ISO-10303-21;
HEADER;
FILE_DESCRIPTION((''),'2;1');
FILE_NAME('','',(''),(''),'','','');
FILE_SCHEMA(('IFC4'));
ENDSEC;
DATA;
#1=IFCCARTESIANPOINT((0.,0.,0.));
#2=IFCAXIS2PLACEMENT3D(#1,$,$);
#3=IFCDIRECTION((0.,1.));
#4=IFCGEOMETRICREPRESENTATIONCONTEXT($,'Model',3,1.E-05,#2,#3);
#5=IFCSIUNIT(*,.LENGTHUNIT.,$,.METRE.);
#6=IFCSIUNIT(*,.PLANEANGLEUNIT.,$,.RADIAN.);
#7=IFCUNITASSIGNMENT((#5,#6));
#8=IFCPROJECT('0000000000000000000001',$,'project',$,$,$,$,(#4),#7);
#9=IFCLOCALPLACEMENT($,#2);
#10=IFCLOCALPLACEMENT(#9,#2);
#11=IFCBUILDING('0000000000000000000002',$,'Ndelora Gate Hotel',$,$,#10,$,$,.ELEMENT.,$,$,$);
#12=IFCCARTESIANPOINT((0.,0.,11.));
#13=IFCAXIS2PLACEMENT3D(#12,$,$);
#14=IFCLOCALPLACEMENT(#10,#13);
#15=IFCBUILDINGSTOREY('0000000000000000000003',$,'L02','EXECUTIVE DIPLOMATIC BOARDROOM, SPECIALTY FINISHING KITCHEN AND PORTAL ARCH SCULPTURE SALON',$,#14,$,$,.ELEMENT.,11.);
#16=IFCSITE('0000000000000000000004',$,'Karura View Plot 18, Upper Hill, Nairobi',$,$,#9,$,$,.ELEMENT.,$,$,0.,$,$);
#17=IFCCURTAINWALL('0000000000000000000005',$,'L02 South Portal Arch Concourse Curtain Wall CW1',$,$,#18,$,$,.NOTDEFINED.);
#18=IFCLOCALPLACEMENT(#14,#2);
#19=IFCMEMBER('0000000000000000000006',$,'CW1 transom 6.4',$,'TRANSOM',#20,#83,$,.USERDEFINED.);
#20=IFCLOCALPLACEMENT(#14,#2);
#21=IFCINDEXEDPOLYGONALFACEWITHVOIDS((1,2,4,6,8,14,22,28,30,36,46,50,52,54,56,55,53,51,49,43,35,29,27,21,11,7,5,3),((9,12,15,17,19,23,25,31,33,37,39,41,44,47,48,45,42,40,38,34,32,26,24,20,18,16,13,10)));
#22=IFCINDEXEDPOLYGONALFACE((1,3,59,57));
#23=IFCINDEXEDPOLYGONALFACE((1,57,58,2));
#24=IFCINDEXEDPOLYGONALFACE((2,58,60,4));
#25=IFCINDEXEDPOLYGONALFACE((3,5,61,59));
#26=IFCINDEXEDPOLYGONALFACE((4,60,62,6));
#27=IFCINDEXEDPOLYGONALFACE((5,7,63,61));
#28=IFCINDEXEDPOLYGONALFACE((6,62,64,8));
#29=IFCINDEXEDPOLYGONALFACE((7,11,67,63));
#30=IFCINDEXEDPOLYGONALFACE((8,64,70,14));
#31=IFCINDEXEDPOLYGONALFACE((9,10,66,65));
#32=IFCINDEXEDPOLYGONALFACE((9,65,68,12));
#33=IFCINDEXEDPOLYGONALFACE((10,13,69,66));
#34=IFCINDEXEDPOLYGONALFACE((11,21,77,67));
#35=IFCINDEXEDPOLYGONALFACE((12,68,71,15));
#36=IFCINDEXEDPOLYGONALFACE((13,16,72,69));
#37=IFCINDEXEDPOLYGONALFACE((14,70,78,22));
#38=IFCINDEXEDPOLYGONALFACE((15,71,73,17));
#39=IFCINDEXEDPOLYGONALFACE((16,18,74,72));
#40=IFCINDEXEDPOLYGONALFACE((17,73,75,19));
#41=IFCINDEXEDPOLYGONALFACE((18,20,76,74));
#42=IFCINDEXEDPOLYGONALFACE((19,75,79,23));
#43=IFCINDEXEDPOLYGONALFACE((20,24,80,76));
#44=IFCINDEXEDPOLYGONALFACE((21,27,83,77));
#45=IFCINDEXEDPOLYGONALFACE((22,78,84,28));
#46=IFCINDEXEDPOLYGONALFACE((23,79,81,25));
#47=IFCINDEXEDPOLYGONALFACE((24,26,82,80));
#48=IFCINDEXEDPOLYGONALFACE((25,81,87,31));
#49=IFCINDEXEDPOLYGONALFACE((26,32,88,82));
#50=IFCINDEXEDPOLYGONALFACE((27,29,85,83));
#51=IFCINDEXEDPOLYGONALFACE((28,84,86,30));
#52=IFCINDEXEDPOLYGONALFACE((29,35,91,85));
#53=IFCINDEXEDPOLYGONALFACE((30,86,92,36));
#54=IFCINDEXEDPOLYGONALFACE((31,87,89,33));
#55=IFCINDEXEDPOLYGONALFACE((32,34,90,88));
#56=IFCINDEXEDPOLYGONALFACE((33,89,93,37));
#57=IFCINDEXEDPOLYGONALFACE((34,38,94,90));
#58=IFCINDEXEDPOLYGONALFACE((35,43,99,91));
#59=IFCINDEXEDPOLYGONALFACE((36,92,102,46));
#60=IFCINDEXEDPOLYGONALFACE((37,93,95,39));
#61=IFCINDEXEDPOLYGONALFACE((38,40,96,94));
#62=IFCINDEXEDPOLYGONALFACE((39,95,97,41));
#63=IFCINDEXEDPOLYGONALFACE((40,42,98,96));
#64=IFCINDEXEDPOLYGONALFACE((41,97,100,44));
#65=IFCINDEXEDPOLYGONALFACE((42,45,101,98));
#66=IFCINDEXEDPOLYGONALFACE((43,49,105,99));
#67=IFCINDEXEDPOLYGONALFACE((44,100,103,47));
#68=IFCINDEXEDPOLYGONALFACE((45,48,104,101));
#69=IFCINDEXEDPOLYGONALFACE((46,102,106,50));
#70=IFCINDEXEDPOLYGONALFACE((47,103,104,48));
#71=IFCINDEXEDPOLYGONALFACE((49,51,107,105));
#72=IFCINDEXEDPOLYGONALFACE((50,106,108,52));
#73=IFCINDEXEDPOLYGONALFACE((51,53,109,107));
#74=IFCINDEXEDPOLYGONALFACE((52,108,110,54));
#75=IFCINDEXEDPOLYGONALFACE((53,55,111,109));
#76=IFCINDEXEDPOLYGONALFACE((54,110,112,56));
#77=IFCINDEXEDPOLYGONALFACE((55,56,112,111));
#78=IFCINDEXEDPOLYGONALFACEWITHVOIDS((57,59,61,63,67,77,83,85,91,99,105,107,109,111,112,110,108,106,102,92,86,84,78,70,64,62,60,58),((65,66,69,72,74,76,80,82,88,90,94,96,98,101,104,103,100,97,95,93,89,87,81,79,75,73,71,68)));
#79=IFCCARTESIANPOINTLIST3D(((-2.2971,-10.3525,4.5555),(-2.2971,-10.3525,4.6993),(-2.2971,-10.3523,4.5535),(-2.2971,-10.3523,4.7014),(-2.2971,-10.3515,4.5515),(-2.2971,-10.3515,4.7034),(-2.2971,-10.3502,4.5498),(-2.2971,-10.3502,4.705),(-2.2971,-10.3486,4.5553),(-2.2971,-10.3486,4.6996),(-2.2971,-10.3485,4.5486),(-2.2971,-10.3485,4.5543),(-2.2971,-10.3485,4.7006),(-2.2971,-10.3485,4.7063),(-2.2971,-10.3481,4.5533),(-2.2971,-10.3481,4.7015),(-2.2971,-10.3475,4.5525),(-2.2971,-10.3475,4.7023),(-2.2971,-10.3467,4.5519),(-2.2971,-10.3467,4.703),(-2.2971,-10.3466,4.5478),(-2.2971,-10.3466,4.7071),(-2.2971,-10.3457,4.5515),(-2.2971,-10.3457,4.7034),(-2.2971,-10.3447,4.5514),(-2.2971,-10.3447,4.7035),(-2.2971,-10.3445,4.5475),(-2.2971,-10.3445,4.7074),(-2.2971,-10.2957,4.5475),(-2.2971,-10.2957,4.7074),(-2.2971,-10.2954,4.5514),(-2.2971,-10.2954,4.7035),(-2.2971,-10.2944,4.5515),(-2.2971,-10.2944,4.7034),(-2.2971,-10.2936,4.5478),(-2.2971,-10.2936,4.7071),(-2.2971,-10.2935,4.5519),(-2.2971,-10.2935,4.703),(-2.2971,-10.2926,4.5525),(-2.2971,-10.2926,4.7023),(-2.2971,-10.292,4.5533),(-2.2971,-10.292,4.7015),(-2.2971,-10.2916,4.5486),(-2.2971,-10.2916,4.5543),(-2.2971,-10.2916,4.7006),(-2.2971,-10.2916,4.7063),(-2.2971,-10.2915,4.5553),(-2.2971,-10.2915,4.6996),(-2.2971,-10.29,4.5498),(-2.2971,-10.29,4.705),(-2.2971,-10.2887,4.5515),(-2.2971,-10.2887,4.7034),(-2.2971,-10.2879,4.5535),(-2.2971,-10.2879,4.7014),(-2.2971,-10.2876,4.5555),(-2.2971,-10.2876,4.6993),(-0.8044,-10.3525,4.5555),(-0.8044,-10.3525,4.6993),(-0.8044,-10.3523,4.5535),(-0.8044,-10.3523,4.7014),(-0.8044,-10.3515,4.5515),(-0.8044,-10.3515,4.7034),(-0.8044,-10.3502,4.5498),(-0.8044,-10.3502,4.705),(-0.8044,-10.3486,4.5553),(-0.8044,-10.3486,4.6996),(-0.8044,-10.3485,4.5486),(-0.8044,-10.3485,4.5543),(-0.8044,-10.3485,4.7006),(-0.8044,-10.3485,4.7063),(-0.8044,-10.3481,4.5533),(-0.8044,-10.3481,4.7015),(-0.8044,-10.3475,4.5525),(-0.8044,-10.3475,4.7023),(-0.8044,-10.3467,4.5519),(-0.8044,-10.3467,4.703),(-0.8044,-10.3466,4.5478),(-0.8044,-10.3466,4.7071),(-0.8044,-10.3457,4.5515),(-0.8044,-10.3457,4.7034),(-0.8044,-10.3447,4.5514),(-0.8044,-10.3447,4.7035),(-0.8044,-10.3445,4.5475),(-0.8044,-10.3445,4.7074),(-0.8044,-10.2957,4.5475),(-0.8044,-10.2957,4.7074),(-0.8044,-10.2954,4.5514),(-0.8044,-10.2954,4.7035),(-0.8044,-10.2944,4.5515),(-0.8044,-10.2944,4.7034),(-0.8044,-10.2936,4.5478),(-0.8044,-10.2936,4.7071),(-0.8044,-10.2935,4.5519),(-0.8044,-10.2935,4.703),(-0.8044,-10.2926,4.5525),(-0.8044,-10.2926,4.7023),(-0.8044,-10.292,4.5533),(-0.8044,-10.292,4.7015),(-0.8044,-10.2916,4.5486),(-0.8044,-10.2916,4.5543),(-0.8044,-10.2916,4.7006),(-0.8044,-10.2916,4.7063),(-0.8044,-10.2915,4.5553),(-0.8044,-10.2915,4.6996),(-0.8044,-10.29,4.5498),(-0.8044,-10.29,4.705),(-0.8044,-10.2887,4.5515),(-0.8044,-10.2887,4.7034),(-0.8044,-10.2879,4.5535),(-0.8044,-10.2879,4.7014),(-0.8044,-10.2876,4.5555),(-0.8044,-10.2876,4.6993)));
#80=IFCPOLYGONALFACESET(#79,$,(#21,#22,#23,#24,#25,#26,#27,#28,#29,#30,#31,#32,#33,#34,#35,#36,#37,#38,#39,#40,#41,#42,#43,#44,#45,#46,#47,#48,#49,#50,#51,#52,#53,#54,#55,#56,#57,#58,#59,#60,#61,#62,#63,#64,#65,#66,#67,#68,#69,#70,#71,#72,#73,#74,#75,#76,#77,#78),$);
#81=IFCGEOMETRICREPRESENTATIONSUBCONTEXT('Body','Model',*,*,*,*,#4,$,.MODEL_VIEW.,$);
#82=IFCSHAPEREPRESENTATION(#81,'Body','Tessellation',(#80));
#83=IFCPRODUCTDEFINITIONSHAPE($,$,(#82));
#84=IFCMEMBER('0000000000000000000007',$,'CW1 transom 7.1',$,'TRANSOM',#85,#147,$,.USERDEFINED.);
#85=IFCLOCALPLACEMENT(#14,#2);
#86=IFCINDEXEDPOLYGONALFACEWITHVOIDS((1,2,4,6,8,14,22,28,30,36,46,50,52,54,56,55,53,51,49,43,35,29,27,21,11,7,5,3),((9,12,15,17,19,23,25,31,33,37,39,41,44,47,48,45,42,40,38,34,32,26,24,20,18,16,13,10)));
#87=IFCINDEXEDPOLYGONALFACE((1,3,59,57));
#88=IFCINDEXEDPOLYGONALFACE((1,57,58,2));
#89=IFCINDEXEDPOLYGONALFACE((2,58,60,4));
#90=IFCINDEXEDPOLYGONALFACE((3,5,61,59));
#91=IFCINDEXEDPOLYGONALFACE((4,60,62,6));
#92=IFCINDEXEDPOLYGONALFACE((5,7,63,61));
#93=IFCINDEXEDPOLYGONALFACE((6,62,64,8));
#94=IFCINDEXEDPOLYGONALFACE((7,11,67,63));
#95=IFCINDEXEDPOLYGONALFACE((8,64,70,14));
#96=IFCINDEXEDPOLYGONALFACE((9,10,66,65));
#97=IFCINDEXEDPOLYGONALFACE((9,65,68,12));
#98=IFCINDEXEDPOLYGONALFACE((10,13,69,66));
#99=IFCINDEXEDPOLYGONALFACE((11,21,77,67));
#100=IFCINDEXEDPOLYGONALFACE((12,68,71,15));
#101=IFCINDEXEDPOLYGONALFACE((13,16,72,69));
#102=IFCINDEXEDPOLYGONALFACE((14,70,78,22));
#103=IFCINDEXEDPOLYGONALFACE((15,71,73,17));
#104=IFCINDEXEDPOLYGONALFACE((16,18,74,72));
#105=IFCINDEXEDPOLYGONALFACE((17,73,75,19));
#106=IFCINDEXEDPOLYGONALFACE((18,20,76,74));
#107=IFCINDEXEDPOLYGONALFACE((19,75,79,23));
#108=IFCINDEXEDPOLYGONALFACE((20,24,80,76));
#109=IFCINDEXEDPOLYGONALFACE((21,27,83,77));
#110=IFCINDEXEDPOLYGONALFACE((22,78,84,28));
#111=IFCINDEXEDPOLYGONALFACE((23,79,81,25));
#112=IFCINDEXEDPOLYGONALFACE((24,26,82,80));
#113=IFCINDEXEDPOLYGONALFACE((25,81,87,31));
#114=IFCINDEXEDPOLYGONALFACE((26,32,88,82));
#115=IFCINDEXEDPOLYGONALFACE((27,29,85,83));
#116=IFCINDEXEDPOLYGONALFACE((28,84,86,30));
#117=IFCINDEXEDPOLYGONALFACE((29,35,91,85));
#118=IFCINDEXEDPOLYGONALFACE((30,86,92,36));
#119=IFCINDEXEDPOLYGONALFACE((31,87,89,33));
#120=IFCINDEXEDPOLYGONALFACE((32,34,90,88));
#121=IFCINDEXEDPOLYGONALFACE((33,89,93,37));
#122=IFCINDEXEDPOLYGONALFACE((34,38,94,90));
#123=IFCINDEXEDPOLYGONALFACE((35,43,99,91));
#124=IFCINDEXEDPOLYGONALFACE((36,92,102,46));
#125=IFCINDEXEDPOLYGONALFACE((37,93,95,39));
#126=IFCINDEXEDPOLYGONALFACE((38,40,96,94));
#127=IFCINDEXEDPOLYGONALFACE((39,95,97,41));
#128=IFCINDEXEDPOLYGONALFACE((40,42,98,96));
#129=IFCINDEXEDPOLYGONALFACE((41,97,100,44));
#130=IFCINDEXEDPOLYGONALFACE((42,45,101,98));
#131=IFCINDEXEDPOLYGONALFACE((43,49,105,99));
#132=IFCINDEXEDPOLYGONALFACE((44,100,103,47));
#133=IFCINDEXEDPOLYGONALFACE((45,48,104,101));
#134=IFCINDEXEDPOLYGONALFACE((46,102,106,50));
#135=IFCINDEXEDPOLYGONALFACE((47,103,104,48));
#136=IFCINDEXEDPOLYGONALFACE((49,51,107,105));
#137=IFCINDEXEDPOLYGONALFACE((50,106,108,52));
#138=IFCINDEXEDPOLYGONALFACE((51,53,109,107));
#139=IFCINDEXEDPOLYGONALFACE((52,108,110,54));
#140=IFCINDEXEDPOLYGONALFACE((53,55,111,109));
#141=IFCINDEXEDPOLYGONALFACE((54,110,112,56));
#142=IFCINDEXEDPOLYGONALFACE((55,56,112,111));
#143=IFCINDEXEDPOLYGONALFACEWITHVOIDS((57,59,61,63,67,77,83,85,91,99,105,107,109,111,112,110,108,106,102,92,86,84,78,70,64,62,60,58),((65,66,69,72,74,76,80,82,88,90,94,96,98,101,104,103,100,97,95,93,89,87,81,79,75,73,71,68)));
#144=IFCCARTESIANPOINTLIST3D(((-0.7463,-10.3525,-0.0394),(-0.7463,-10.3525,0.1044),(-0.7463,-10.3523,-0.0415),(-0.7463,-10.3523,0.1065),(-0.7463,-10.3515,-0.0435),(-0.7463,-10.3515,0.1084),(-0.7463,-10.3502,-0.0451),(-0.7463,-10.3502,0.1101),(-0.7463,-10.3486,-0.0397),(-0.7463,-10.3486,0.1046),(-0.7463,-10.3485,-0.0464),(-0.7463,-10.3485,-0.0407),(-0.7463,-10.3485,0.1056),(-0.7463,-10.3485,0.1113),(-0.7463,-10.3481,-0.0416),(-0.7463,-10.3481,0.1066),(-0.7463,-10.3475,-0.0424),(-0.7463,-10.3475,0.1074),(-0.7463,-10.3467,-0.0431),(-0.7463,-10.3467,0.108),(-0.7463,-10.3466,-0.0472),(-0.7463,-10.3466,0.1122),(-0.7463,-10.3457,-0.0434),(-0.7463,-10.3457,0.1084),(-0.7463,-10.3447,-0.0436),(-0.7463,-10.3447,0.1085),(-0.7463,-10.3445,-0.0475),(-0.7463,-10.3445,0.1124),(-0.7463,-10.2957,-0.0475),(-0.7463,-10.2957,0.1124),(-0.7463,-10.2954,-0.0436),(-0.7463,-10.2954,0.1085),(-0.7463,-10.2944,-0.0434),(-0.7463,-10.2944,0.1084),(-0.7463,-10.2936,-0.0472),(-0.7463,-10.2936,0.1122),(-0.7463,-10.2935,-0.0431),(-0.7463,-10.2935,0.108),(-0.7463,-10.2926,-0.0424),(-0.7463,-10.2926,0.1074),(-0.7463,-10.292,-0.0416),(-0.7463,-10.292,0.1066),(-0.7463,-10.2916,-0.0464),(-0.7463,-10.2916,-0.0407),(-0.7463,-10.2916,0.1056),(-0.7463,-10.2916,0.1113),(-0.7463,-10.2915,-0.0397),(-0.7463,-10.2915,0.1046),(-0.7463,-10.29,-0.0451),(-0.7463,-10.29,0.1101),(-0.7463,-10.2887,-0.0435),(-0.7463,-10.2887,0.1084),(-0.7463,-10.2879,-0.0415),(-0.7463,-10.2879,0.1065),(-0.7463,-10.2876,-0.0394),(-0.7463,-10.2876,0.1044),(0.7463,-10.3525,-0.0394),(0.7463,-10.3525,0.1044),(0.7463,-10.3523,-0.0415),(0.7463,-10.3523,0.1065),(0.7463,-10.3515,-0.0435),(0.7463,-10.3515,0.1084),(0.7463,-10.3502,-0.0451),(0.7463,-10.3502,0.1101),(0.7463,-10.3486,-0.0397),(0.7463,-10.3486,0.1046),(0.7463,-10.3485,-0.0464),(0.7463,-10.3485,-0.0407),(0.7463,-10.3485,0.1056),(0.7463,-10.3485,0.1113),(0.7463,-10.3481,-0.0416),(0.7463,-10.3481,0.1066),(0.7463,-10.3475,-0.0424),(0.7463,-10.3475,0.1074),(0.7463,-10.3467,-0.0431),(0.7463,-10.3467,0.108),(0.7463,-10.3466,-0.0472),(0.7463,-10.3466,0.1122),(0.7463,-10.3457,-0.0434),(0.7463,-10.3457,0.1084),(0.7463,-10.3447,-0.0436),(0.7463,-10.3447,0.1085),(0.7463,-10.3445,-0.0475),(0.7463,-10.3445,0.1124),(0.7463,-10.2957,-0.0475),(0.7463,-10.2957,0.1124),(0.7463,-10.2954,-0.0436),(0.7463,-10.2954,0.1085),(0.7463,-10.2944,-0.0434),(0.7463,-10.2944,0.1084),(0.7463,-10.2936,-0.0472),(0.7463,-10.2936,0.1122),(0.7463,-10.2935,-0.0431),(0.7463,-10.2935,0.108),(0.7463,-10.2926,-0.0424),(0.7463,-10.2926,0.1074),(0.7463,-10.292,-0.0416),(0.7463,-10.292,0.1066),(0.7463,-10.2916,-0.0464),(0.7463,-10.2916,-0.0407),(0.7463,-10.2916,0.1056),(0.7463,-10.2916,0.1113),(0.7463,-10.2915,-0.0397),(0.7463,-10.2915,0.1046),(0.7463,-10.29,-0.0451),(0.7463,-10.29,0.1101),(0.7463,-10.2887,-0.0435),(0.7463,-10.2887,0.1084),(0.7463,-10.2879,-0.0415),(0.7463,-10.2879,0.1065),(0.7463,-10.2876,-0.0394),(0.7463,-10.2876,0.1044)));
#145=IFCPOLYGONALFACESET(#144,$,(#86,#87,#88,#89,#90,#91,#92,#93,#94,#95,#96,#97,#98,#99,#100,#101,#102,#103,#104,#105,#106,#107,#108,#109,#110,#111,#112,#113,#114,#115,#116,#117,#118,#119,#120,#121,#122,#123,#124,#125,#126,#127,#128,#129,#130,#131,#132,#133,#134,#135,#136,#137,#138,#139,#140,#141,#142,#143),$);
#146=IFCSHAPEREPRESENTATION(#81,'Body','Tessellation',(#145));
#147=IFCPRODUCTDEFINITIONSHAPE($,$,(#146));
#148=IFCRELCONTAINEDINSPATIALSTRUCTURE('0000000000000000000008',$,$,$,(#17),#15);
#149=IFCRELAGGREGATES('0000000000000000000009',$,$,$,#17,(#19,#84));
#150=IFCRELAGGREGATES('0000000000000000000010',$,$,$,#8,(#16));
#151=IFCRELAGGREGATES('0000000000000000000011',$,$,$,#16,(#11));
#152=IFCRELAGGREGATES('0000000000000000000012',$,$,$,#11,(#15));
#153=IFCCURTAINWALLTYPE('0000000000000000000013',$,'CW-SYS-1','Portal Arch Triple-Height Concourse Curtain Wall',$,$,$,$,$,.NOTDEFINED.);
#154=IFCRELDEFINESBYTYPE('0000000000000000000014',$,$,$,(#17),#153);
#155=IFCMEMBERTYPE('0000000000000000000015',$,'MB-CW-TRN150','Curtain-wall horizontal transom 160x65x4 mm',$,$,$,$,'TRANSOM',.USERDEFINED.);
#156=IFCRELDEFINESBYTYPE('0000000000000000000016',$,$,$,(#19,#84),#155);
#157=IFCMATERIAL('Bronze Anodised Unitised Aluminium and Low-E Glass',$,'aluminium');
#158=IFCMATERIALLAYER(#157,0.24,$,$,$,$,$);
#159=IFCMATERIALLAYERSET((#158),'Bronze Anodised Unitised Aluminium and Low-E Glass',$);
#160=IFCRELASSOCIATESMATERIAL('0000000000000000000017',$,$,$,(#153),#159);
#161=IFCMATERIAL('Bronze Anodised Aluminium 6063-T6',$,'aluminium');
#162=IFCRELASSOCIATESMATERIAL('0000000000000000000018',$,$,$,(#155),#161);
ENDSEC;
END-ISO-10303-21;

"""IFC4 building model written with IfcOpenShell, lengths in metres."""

from ifc_helpers import new_model, si_unit, direction, frame, origin, origin_2d, place, context, subcontext, project, spatial, hollow_rectangle, extrude, material, layer, layer_set, material_profile, profile_set, type_object, element, aggregate, save


model = new_model("IFC4")

# Units and contexts
model_context = context("Model", 3, precision=1e-05, world=origin(), true_north=direction((0.0, 1.0)))
body_context = subcontext(model_context, "Body", "Model", "MODEL_VIEW")
ifc_project = project(units=[si_unit("LENGTHUNIT", "METRE"), si_unit("PLANEANGLEUNIT", "RADIAN")], contexts=[model_context])

# Site, building, storey
site_placement = place(None, origin())
site = spatial("IfcSite", under=ifc_project, at=site_placement, Name="Karura View Plot 18, Upper Hill, Nairobi", CompositionType="ELEMENT", RefElevation=0.0)
building_placement = place(site_placement, origin())
building = spatial("IfcBuilding", under=site, at=building_placement, Name="Ndelora Gate Hotel", CompositionType="ELEMENT")
storey_placement = place(building_placement, frame((0.0, 0.0, 11.0)))
storey = spatial("IfcBuildingStorey", under=building, at=storey_placement, Name="L02", Description="EXECUTIVE DIPLOMATIC BOARDROOM, SPECIALTY FINISHING KITCHEN AND PORTAL ARCH SCULPTURE SALON", CompositionType="ELEMENT", Elevation=11.0)

# Curtain wall, members
ifc_material_1 = material(Name="Bronze Anodised Unitised Aluminium and Low-E Glass", Category="aluminium")
ifc_layer_1 = layer(ifc_material_1, 0.24)
ifc_layer_set_1 = layer_set([ifc_layer_1], Name="Bronze Anodised Unitised Aluminium and Low-E Glass")
curtain_wall_type = type_object("IfcCurtainWallType", Name="CW-SYS-1", Description="Portal Arch Triple-Height Concourse Curtain Wall", PredefinedType="NOTDEFINED", material=ifc_layer_set_1)
curtain_wall_placement = place(storey_placement, origin())
curtain_wall = element("IfcCurtainWall", 1, at=curtain_wall_placement, inside=storey, type_object=curtain_wall_type, Name="L02 South Portal Arch Concourse Curtain Wall CW1", PredefinedType="NOTDEFINED")
ifc_material_2 = material(Name="Bronze Anodised Aluminium 6063-T6", Category="aluminium")
ifc_material_profile_1 = material_profile(ifc_material_2, hollow_rectangle(XDim=0.0649, YDim=0.1599, WallThickness=0.0039, InnerFilletRadius=0.0039, OuterFilletRadius=0.0081, at=origin_2d()), Name="ALU 160x65x4")
ifc_profile_set_1 = profile_set([ifc_material_profile_1], Name="Bronze Anodised Aluminium 6063-T6")
member_type_1 = type_object("IfcMemberType", Name="MB-CW-TRN150", Description="Curtain-wall horizontal transom 160x65x4 mm", ElementType="TRANSOM", PredefinedType="USERDEFINED", material=ifc_profile_set_1)
member_1_placement = place(storey_placement, frame((-2.2971, -10.3201, 4.6274), z_axis=(1.0, 0.0, 0.0), x_axis=(0.0, 1.0, 0.0)))
member_1 = element("IfcMember", 2, at=member_1_placement, type_object=member_type_1, Name="CW1 transom 6.4", ObjectType="TRANSOM", PredefinedType="USERDEFINED", context=body_context, shape_type="SweptSolid", body=[
    extrude(hollow_rectangle(XDim=0.0649, YDim=0.1599, WallThickness=0.0039, InnerFilletRadius=0.0039, OuterFilletRadius=0.0081, at=origin_2d()), origin(), (0.0, 0.0, 1.0), 1.4927),
])
member_2_placement = place(storey_placement, frame((-0.7463, -10.3201, 0.0325), z_axis=(1.0, 0.0, 0.0), x_axis=(0.0, 1.0, 0.0)))
member_2 = element("IfcMember", 3, at=member_2_placement, type_object=member_type_1, Name="CW1 transom 7.1", ObjectType="TRANSOM", PredefinedType="USERDEFINED", context=body_context, shape_type="SweptSolid", body=[
    extrude(hollow_rectangle(XDim=0.0649, YDim=0.1599, WallThickness=0.0039, InnerFilletRadius=0.0039, OuterFilletRadius=0.0081, at=origin_2d()), origin(), (0.0, 0.0, 1.0), 1.4927),
])
aggregate(curtain_wall, [member_1, member_2])

save(model, "model.ifc")
